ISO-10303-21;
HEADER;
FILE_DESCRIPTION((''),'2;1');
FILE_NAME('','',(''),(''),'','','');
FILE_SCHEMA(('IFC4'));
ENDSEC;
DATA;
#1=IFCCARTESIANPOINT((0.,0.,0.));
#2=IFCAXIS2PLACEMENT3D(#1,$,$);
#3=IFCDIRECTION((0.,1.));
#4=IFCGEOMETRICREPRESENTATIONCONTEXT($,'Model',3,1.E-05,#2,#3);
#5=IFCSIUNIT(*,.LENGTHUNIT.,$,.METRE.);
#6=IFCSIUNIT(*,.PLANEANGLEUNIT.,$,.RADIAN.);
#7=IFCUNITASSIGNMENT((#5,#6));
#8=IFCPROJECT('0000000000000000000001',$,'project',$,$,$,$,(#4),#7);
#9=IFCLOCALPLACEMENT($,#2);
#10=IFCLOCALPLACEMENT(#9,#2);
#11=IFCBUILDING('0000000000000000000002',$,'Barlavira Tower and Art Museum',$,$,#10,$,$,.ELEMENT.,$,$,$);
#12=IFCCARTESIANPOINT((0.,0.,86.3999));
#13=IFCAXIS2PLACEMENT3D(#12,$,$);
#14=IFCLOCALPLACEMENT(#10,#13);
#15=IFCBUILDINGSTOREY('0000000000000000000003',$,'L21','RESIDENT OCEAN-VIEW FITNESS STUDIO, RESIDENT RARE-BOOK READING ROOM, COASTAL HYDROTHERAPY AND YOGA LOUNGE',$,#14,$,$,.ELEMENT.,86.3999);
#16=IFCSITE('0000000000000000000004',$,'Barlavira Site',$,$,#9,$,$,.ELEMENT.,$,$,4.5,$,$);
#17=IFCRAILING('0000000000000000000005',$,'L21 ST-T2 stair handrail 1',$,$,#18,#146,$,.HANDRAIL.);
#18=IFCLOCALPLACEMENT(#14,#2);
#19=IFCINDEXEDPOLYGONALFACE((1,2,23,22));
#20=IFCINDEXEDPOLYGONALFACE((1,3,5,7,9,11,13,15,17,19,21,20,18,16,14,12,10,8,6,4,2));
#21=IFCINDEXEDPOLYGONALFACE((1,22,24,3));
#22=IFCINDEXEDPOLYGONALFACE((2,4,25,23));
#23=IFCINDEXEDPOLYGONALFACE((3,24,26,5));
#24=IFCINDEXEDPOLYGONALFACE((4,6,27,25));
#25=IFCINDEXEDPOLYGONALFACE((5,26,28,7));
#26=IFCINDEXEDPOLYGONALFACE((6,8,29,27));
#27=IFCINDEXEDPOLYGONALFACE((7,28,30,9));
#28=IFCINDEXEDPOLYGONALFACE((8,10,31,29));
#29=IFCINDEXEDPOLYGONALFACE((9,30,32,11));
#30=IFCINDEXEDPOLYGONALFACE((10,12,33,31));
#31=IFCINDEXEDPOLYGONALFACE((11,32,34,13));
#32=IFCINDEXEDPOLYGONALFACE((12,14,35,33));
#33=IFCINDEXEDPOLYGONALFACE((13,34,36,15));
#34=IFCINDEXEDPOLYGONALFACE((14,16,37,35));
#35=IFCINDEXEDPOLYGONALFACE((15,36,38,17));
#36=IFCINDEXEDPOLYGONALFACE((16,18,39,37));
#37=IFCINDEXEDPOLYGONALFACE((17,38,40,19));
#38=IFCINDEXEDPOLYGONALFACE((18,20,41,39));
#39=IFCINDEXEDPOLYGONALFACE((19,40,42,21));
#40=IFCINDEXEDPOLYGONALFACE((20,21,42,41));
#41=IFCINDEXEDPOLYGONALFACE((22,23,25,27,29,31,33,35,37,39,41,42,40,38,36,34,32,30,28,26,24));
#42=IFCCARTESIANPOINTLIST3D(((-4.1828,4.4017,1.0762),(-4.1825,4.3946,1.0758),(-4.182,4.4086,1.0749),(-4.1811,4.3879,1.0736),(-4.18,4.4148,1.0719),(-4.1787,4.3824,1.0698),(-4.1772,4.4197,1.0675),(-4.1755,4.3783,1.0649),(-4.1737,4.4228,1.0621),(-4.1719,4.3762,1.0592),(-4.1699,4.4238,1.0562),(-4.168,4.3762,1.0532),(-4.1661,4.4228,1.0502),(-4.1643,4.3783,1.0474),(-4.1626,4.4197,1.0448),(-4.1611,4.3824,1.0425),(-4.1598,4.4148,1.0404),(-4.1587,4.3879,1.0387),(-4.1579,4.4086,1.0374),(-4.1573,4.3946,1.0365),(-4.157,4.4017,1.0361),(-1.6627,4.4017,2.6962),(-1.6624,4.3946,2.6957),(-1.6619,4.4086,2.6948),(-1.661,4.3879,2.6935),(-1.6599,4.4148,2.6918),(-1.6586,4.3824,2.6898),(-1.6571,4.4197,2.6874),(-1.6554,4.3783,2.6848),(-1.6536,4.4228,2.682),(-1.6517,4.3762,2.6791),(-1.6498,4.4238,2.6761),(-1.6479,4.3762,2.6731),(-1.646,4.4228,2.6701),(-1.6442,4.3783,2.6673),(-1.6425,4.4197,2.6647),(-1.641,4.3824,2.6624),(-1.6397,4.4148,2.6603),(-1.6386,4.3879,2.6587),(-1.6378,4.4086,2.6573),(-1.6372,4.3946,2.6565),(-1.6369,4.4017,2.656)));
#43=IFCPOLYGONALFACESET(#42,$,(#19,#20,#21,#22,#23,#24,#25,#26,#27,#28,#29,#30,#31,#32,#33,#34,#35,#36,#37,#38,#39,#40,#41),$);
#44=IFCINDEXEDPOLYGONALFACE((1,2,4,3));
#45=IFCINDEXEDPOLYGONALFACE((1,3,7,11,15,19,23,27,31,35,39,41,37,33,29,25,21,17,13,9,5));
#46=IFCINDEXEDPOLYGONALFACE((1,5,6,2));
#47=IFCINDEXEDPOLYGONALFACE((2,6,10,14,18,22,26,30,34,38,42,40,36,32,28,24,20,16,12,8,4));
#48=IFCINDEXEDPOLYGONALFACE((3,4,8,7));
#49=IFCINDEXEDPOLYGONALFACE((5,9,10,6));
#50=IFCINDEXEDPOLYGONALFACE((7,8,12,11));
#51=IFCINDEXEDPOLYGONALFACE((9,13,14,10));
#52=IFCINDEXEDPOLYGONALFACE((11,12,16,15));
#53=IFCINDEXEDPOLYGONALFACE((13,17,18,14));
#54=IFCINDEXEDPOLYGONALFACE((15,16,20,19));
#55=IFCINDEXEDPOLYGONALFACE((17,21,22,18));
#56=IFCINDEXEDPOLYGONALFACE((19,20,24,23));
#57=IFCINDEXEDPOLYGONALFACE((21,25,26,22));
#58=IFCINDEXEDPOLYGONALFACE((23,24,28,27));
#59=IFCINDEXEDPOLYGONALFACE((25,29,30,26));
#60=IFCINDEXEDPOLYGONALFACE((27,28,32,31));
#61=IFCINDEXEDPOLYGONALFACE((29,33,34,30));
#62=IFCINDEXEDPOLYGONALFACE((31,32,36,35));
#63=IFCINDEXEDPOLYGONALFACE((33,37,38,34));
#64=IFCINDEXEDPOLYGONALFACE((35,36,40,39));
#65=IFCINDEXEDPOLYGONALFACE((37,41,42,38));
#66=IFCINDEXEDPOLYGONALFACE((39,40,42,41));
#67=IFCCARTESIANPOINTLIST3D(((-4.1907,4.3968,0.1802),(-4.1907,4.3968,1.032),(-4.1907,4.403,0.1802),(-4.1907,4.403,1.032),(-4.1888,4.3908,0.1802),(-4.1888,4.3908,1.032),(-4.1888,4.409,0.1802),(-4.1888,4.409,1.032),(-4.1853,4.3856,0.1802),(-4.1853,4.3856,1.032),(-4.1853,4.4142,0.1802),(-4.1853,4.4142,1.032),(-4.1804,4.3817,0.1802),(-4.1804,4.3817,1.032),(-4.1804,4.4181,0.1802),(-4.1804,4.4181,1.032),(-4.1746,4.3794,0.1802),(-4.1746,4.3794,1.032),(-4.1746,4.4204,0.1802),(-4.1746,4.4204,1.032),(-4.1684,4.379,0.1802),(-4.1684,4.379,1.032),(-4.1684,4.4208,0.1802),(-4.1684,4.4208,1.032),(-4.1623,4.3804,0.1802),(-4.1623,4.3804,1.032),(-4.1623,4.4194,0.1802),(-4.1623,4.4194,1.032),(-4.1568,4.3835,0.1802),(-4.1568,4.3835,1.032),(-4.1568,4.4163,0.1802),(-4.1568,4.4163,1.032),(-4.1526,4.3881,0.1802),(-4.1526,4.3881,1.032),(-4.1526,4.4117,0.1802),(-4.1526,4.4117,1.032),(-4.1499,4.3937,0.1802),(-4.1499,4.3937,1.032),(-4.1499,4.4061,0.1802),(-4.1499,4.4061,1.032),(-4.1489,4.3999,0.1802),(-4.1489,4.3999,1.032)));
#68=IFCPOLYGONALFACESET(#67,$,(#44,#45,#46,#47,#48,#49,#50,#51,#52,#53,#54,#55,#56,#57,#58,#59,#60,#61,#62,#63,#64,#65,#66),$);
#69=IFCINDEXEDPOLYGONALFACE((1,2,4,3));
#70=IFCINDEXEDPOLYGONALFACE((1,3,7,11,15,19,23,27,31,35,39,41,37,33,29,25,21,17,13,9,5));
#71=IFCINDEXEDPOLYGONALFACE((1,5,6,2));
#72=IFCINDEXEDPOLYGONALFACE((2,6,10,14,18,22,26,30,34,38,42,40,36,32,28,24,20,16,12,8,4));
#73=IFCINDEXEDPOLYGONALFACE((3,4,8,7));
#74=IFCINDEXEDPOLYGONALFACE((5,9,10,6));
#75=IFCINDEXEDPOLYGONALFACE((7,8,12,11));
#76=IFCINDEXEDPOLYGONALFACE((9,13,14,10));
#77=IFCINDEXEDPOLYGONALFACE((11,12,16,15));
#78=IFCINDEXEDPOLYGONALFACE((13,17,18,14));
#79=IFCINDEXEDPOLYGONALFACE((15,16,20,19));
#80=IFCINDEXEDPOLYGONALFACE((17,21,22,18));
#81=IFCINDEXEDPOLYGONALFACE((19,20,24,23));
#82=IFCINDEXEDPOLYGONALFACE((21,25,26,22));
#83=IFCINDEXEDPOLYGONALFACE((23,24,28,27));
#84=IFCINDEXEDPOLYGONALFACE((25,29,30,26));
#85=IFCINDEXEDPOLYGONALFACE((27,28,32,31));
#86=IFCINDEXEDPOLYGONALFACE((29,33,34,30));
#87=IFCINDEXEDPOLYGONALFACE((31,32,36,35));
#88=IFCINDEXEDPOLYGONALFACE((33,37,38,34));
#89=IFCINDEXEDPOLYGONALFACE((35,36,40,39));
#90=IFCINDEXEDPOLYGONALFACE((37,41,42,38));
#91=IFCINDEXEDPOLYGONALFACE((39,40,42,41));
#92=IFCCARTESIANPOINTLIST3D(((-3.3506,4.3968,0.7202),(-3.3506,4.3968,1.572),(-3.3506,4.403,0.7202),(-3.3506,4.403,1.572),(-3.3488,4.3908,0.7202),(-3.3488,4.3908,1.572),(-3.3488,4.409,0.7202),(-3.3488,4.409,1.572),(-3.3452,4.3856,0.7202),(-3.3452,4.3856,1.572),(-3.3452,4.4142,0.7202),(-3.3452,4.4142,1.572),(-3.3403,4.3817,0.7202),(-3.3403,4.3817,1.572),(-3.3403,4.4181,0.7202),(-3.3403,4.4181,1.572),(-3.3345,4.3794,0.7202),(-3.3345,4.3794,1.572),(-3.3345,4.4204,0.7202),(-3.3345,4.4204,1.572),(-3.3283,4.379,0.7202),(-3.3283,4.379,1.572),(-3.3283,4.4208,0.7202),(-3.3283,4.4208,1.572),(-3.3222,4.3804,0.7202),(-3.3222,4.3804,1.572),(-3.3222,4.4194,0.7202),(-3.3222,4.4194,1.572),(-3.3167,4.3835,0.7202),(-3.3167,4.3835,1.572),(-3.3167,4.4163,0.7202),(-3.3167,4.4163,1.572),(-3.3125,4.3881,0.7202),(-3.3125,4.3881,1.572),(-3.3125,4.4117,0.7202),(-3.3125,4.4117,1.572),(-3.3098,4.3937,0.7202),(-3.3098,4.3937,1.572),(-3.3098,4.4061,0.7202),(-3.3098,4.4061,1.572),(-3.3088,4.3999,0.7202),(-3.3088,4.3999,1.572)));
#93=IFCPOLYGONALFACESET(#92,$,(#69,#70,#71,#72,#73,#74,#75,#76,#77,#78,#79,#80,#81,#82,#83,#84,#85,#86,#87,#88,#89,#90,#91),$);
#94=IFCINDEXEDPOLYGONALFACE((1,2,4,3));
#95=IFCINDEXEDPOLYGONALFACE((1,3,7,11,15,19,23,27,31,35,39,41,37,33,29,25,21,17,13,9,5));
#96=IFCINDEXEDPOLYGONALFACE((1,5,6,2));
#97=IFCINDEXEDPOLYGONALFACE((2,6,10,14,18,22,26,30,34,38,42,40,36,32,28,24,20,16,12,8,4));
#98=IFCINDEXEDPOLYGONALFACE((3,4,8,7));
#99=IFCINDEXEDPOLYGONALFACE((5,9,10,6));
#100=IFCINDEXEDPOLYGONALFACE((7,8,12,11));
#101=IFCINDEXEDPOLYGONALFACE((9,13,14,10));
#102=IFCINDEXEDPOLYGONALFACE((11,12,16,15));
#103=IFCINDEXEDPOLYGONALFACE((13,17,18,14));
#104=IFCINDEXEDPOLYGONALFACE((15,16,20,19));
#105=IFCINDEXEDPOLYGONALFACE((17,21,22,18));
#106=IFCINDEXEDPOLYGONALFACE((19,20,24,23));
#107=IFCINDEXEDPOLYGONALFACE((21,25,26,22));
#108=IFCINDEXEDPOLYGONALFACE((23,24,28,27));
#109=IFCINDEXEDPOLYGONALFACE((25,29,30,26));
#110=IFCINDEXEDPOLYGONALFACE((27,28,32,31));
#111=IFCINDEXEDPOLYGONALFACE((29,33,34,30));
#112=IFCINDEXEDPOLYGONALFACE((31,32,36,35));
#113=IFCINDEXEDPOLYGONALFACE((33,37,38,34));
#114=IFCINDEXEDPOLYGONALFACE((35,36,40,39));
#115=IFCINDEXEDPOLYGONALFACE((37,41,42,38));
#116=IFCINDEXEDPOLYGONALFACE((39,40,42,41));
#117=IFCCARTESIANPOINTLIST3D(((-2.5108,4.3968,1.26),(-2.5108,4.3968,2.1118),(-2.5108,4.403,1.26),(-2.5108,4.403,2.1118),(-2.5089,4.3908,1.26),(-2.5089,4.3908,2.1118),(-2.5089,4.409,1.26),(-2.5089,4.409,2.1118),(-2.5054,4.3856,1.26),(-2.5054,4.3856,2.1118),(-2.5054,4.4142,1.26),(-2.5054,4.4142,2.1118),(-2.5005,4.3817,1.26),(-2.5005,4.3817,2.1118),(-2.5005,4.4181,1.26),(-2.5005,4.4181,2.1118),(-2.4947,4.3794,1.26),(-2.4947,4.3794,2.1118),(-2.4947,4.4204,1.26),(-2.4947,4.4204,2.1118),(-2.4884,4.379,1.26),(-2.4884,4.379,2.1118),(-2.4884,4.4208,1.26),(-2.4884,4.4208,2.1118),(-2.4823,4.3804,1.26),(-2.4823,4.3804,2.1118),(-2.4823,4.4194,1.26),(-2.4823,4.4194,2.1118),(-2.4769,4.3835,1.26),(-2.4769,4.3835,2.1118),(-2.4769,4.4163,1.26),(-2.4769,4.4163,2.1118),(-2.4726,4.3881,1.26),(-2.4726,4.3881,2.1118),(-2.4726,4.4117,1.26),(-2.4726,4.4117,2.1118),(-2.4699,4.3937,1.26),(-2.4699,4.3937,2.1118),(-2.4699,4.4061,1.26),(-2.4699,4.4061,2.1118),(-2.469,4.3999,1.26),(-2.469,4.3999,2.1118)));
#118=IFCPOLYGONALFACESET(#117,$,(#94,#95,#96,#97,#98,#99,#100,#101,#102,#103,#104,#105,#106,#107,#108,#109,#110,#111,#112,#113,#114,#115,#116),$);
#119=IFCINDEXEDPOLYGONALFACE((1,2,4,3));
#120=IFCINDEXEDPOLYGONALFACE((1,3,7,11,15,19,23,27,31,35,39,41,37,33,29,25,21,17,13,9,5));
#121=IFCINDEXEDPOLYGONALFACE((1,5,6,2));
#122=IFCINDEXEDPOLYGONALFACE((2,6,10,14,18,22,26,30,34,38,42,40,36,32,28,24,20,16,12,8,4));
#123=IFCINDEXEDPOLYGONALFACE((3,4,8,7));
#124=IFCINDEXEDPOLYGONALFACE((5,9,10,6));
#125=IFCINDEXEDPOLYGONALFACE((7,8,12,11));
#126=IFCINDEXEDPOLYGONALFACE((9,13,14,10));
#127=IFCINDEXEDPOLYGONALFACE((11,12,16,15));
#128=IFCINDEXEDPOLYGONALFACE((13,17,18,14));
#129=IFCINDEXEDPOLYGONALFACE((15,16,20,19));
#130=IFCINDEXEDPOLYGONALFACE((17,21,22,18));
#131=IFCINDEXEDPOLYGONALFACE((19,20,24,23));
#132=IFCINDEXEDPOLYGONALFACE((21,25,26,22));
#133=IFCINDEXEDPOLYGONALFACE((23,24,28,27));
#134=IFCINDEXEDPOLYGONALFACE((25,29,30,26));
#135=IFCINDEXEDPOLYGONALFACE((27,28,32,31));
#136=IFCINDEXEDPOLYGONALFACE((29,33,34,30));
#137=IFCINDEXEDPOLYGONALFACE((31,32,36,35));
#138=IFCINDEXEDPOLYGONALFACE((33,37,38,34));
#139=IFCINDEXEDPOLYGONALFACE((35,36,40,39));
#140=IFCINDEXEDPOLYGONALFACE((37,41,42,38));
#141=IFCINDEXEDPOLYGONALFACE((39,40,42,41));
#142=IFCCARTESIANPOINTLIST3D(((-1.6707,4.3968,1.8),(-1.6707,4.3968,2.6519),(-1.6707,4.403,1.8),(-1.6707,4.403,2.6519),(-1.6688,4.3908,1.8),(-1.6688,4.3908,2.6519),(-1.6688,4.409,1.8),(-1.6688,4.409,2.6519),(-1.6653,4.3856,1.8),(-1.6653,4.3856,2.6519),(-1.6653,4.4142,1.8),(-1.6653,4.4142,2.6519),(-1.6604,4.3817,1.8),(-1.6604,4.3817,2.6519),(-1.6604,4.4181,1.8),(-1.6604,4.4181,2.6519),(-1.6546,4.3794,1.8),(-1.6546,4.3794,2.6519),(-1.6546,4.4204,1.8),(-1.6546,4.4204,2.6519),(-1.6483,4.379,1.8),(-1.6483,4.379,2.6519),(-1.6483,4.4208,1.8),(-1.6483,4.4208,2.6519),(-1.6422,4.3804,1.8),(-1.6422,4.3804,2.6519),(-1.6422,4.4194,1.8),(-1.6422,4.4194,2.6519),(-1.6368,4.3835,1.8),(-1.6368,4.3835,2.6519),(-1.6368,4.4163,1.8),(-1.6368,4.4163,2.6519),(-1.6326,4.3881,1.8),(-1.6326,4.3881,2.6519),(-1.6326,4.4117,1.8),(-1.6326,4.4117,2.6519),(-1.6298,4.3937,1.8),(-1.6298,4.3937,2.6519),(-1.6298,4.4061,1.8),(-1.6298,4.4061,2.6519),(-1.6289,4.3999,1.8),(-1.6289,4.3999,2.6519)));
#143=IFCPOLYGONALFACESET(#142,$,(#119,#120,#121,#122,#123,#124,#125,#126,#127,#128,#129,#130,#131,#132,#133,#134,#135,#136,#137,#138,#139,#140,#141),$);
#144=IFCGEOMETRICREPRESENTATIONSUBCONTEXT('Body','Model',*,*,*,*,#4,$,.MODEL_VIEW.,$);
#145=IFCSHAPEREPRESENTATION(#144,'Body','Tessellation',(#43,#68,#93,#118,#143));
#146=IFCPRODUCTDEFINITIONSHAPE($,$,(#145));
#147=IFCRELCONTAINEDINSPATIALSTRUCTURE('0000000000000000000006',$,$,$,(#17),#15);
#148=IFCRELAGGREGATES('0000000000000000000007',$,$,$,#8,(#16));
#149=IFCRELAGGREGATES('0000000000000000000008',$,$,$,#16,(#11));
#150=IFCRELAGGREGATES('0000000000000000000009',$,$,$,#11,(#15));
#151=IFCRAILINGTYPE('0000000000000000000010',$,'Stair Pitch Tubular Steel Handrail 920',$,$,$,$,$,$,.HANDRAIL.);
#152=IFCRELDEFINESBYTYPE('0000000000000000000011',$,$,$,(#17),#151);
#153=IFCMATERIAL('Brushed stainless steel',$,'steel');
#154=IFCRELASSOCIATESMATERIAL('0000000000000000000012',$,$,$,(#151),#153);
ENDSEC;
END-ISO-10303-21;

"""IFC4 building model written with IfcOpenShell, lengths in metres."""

from ifc_helpers import new_model, si_unit, direction, frame, origin, origin_2d, place, context, subcontext, project, spatial, circle, extrude, material, type_object, element, save


model = new_model("IFC4")

# Units and contexts
model_context = context("Model", 3, precision=1e-05, world=origin(), true_north=direction((0.0, 1.0)))
body_context = subcontext(model_context, "Body", "Model", "MODEL_VIEW")
ifc_project = project(units=[si_unit("LENGTHUNIT", "METRE"), si_unit("PLANEANGLEUNIT", "RADIAN")], contexts=[model_context])

# Site, building, storey
site_placement = place(None, origin())
site = spatial("IfcSite", under=ifc_project, at=site_placement, Name="Barlavira Site", CompositionType="ELEMENT", RefElevation=4.5)
building_placement = place(site_placement, origin())
building = spatial("IfcBuilding", under=site, at=building_placement, Name="Barlavira Tower and Art Museum", CompositionType="ELEMENT")
storey_placement = place(building_placement, frame((0.0, 0.0, 86.3999)))
storey = spatial("IfcBuildingStorey", under=building, at=storey_placement, Name="L21", Description="RESIDENT OCEAN-VIEW FITNESS STUDIO, RESIDENT RARE-BOOK READING ROOM, COASTAL HYDROTHERAPY AND YOGA LOUNGE", CompositionType="ELEMENT", Elevation=86.3999)

# Shared definitions
ifc_material_1 = material(Name="Brushed stainless steel", Category="steel")

# Railing
railing_type_1 = type_object("IfcRailingType", Name="Stair Pitch Tubular Steel Handrail 920", PredefinedType="HANDRAIL", material=ifc_material_1)
railing_1_placement = place(storey_placement, frame((-4.1699, 4.3999, 0.1802)))
element("IfcRailing", 1, at=railing_1_placement, inside=storey, type_object=railing_type_1, Name="L21 ST-T2 stair handrail 1", PredefinedType="HANDRAIL", context=body_context, shape_type="SweptSolid", body=[
    extrude(circle(Radius=0.0239, at=origin_2d()), frame((0.0, 0.0, 0.876), z_axis=(0.8412, 0.0, 0.540725), x_axis=(0.0, 1.0, 0.0)), (0.0, 0.0, 1.0), 2.9958),
    extrude(circle(Radius=0.021, at=origin_2d()), origin(), (0.0, 0.0, 1.0), 0.8518),
    extrude(circle(Radius=0.021, at=origin_2d()), frame((0.8401, 0.0, 0.54)), (0.0, 0.0, 1.0), 0.8518),
    extrude(circle(Radius=0.021, at=origin_2d()), frame((1.6799, 0.0, 1.0798)), (0.0, 0.0, 1.0), 0.8518),
    extrude(circle(Radius=0.021, at=origin_2d()), frame((2.52, 0.0, 1.6199)), (0.0, 0.0, 1.0), 0.8518),
])

save(model, "model.ifc")
